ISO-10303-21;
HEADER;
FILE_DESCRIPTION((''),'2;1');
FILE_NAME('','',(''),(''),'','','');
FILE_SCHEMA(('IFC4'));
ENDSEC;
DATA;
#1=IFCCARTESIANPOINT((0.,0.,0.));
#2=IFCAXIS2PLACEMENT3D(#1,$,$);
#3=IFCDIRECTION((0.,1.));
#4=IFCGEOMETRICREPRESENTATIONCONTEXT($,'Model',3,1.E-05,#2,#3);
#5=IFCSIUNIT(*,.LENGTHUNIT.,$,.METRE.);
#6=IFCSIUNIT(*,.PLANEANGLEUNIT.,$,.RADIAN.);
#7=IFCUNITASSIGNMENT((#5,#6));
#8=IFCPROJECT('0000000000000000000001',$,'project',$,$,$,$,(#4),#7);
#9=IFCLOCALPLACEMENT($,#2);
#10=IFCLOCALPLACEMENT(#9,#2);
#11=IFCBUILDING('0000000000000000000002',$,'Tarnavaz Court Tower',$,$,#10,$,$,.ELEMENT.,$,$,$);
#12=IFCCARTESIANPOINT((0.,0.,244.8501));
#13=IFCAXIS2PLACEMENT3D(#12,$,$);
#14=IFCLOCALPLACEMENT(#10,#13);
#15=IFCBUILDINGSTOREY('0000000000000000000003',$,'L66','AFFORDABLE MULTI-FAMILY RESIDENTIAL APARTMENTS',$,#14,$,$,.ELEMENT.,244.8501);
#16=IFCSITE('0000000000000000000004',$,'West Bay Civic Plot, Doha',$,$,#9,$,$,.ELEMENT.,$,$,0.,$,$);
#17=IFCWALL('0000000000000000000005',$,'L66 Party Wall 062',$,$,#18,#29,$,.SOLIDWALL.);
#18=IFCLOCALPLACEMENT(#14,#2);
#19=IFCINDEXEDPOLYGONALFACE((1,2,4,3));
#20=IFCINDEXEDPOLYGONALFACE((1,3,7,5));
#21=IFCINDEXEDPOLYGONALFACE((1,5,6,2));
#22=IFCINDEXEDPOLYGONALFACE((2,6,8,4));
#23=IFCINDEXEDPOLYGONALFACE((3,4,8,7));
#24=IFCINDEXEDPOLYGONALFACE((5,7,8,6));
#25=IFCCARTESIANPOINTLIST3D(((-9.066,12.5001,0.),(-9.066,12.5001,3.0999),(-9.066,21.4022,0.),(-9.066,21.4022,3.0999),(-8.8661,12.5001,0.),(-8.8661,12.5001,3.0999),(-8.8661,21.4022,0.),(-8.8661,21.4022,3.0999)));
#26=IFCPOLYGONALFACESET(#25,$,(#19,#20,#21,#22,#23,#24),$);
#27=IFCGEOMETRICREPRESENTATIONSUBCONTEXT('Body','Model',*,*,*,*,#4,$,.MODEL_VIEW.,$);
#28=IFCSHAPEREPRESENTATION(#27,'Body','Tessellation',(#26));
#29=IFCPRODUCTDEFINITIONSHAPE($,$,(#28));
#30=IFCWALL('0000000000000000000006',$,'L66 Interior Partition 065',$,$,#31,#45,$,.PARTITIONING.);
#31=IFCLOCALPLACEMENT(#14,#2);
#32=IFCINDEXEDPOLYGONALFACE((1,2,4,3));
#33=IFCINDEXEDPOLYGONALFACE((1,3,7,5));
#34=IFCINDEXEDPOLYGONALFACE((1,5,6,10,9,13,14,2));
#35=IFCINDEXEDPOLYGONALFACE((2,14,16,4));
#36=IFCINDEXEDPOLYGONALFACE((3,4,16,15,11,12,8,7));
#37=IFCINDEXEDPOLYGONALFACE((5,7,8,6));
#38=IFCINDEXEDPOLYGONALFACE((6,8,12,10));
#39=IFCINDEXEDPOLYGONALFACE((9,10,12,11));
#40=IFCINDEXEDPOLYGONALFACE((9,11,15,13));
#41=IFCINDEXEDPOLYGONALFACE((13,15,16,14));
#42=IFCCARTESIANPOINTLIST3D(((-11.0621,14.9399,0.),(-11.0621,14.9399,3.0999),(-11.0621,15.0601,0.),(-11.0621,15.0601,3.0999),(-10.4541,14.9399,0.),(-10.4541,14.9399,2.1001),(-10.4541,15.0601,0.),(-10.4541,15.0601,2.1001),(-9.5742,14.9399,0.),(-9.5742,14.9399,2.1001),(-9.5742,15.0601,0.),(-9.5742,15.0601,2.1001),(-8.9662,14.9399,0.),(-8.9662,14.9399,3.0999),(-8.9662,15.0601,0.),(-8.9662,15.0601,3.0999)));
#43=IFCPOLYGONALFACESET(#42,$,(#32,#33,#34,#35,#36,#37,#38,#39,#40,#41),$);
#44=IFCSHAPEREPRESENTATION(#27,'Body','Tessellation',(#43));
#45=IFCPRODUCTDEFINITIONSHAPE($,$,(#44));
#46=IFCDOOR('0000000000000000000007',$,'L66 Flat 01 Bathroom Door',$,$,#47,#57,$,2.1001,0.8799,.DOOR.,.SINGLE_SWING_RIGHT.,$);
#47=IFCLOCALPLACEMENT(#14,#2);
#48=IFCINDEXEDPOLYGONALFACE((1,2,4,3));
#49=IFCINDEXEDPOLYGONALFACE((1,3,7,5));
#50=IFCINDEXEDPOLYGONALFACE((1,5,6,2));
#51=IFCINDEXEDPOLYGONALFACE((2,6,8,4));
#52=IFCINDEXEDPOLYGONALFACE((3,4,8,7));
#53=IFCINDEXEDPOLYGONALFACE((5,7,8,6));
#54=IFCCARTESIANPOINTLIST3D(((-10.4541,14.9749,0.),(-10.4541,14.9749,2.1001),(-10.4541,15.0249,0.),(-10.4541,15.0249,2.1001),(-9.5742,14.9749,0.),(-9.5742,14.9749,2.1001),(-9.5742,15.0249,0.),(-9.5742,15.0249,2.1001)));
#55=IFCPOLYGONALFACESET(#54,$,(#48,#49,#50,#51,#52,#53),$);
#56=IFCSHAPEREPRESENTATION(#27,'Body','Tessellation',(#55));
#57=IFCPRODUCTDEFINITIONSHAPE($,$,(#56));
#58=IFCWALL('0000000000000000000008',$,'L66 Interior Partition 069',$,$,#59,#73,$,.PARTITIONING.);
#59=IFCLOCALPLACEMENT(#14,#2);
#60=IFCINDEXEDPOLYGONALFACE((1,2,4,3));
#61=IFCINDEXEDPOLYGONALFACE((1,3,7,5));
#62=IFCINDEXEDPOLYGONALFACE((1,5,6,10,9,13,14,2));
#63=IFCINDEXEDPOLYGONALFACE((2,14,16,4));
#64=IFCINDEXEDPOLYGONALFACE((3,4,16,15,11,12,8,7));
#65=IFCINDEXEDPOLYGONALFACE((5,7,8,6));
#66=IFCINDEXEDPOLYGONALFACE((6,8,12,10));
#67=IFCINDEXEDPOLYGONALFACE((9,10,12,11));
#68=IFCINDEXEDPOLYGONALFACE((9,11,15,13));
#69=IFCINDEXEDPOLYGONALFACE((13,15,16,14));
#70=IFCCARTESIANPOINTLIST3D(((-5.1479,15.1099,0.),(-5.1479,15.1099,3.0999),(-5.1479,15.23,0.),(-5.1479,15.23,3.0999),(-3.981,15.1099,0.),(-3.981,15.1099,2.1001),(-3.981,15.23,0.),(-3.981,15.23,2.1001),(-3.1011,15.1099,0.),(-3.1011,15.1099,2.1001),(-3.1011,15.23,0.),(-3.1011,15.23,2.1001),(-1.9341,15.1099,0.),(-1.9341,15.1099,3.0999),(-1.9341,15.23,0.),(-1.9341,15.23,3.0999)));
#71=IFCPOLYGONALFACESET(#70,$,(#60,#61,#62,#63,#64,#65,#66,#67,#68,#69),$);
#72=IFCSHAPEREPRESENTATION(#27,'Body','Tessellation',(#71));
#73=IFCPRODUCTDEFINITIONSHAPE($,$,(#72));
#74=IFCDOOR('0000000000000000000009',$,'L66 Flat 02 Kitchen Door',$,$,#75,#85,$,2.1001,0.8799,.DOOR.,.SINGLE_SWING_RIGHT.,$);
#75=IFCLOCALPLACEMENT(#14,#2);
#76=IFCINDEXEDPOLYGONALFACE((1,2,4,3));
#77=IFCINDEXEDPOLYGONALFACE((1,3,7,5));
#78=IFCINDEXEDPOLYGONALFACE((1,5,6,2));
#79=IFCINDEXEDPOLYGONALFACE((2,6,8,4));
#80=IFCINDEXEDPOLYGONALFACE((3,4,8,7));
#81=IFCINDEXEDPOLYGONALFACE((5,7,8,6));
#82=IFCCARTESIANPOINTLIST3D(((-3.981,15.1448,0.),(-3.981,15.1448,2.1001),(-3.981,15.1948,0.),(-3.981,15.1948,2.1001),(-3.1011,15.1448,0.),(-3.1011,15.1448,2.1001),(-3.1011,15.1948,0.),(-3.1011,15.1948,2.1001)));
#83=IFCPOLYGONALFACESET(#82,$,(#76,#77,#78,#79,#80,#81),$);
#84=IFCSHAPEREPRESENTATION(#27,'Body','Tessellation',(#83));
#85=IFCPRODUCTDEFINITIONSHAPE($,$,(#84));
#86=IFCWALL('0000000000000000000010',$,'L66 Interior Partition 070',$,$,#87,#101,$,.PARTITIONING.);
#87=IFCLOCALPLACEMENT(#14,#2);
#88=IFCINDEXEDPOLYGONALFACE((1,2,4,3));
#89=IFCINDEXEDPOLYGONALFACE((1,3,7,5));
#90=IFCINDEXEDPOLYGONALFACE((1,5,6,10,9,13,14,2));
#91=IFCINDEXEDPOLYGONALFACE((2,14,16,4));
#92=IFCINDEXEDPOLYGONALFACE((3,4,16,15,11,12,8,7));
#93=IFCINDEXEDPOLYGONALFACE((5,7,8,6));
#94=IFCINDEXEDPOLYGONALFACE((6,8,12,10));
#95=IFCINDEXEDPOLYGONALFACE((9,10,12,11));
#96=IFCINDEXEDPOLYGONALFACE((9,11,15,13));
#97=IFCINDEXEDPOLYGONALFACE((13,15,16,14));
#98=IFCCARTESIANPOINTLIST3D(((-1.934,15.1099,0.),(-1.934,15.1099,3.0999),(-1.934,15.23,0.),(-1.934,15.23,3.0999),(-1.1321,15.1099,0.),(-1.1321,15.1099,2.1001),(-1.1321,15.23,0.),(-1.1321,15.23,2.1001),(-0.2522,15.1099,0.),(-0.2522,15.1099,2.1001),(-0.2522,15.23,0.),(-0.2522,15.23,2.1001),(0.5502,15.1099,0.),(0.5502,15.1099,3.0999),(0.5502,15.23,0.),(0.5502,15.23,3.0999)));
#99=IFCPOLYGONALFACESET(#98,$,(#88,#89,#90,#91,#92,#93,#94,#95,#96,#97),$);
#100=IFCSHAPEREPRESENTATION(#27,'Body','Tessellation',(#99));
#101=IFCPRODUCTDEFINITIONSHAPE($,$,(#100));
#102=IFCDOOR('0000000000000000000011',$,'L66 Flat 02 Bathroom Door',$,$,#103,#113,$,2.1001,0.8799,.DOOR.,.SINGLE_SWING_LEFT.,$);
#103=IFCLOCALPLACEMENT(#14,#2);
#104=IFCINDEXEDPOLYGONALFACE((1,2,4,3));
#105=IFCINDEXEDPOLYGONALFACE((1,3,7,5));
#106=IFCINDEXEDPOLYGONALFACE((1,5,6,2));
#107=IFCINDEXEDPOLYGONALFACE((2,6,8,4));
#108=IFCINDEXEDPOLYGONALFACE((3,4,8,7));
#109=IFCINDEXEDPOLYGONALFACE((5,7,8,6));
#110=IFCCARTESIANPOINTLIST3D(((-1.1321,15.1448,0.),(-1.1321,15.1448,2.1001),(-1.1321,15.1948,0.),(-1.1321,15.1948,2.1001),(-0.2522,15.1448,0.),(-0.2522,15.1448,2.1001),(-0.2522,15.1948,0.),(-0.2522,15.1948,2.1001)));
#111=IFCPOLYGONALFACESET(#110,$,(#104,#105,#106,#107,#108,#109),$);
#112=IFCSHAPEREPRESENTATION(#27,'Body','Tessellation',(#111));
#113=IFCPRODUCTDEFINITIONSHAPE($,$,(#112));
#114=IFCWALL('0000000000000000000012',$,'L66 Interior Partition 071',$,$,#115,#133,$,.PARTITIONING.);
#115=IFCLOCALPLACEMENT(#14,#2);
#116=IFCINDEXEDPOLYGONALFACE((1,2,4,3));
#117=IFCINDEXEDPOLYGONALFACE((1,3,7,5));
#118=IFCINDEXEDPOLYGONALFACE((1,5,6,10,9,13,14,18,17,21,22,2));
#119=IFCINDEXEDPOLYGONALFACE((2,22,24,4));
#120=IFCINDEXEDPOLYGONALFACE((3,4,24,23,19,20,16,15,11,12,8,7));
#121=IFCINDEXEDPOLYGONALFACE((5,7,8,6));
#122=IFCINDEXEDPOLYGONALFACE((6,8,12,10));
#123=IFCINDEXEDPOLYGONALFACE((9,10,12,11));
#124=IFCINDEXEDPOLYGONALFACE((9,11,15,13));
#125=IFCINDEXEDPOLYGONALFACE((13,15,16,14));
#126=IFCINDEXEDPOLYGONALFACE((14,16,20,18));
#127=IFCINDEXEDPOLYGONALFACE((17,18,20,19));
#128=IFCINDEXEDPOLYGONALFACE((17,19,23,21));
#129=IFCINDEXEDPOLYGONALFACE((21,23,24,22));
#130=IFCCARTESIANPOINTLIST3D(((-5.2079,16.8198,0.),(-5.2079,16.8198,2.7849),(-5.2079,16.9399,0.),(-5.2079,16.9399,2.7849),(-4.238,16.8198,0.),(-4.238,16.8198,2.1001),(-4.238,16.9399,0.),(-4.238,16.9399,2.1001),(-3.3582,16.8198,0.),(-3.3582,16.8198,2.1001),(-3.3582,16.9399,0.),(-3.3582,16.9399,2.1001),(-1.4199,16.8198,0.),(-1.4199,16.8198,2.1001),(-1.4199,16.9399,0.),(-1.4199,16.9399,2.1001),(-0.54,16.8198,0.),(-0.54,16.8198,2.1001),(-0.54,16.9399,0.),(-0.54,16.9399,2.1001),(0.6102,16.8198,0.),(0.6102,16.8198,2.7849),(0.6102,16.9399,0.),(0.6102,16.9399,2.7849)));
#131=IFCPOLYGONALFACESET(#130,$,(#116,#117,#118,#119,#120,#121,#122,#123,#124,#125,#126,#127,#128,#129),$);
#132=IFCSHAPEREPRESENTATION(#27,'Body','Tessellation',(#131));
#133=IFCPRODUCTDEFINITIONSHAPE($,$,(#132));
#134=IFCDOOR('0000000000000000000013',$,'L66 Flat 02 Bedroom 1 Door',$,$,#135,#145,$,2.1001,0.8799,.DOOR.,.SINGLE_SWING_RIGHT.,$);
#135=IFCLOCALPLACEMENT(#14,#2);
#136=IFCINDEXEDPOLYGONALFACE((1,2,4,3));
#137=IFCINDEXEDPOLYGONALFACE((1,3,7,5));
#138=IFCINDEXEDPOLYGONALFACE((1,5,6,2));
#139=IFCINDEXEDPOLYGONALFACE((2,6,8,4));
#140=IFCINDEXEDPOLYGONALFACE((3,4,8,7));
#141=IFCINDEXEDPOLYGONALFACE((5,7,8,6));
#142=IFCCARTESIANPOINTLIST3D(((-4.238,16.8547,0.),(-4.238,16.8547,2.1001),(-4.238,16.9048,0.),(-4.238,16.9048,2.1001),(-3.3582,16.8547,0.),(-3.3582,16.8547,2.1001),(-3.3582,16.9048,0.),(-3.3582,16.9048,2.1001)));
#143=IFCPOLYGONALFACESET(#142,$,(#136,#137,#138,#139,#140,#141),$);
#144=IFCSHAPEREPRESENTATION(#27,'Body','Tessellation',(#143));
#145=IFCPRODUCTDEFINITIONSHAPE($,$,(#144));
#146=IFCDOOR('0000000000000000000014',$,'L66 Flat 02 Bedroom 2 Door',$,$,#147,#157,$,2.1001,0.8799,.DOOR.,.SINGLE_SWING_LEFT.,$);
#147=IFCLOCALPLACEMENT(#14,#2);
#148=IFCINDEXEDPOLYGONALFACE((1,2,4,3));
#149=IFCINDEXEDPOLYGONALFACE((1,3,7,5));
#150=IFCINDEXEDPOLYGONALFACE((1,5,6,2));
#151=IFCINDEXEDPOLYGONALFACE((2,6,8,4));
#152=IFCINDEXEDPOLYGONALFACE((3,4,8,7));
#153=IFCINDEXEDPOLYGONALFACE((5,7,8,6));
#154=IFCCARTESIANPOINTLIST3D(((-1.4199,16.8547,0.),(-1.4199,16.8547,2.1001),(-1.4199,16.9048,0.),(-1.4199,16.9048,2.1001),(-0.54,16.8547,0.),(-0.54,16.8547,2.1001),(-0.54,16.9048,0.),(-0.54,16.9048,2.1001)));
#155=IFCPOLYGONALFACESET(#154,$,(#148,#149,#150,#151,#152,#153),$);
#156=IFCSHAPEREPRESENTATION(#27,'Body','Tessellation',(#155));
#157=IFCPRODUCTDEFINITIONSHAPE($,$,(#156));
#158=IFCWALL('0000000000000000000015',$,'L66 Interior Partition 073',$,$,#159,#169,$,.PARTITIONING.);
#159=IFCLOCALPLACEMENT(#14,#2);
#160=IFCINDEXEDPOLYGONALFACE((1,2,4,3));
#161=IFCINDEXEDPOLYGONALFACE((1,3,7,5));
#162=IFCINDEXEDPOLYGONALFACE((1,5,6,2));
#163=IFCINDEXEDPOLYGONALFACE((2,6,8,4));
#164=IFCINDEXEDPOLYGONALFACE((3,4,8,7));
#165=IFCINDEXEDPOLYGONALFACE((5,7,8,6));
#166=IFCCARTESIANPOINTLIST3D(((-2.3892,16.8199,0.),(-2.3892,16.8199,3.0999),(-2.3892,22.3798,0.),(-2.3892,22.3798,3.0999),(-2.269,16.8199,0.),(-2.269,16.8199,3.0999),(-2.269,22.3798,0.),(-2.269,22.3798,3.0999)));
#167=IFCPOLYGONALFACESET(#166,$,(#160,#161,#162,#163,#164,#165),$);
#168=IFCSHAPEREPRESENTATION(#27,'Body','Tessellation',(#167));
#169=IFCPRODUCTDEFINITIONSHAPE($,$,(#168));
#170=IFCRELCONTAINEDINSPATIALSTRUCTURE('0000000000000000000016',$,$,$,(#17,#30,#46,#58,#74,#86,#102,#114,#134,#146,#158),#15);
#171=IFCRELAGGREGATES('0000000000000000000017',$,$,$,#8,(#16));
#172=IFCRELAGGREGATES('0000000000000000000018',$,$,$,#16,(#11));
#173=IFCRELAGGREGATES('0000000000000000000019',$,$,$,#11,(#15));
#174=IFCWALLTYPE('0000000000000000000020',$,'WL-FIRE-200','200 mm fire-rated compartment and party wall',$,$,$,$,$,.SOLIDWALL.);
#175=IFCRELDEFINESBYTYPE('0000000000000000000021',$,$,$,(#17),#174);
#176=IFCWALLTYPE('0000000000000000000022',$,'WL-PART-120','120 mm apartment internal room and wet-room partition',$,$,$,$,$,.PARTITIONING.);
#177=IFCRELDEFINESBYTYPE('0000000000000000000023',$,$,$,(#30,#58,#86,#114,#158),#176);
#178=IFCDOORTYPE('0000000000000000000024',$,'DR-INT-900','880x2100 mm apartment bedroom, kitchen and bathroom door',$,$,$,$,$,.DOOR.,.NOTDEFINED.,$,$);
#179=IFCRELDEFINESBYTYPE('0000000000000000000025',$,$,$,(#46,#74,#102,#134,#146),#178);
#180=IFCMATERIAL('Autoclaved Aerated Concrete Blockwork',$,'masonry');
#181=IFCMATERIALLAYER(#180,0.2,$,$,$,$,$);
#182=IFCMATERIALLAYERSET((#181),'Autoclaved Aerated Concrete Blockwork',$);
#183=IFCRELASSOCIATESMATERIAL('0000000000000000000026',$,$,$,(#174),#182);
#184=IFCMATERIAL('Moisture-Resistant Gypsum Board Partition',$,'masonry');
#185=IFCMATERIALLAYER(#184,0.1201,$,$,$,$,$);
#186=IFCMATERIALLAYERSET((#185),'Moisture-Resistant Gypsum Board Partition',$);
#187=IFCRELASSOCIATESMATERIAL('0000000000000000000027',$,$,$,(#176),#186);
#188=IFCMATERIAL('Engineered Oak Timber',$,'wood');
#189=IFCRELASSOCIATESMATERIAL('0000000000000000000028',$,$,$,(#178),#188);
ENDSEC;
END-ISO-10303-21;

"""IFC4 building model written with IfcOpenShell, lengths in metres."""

from ifc_helpers import new_model, si_unit, direction, frame, frame_2d, origin, place, context, subcontext, project, spatial, rectangle, extrude, material, layer, layer_set, type_object, element, fill, save


model = new_model("IFC4")

# Units and contexts
model_context = context("Model", 3, precision=1e-05, world=origin(), true_north=direction((0.0, 1.0)))
body_context = subcontext(model_context, "Body", "Model", "MODEL_VIEW")
ifc_project = project(units=[si_unit("LENGTHUNIT", "METRE"), si_unit("PLANEANGLEUNIT", "RADIAN")], contexts=[model_context])

# Site, building, storey
site_placement = place(None, origin())
site = spatial("IfcSite", under=ifc_project, at=site_placement, Name="West Bay Civic Plot, Doha", CompositionType="ELEMENT", RefElevation=0.0)
building_placement = place(site_placement, origin())
building = spatial("IfcBuilding", under=site, at=building_placement, Name="Tarnavaz Court Tower", CompositionType="ELEMENT")
storey_placement = place(building_placement, frame((0.0, 0.0, 244.8501)))
storey = spatial("IfcBuildingStorey", under=building, at=storey_placement, Name="L66", Description="AFFORDABLE MULTI-FAMILY RESIDENTIAL APARTMENTS", CompositionType="ELEMENT", Elevation=244.8501)

# Wall
ifc_material_1 = material(Name="Autoclaved Aerated Concrete Blockwork", Category="masonry")
ifc_layer_1 = layer(ifc_material_1, 0.2)
ifc_layer_set_1 = layer_set([ifc_layer_1], Name="Autoclaved Aerated Concrete Blockwork")
wall_type_1 = type_object("IfcWallType", Name="WL-FIRE-200", Description="200 mm fire-rated compartment and party wall", PredefinedType="SOLIDWALL", material=ifc_layer_set_1)
wall_1_placement = place(storey_placement, frame((-8.9661, 12.5, 0.0), z_axis=(0.0, 0.0, 1.0), x_axis=(0.0, 1.0, 0.0)))
element("IfcWall", 1, at=wall_1_placement, inside=storey, type_object=wall_type_1, Name="L66 Party Wall 062", PredefinedType="SOLIDWALL", context=body_context, shape_type="SweptSolid", body=[
    extrude(rectangle(XDim=8.9021, YDim=0.2, at=frame_2d((4.4512, 0.0))), origin(), (0.0, 0.0, 1.0), 3.0999),
])

# Walls, openings, doors
ifc_material_2 = material(Name="Moisture-Resistant Gypsum Board Partition", Category="masonry")
ifc_layer_2 = layer(ifc_material_2, 0.1201)
ifc_layer_set_2 = layer_set([ifc_layer_2], Name="Moisture-Resistant Gypsum Board Partition")
wall_type_2 = type_object("IfcWallType", Name="WL-PART-120", Description="120 mm apartment internal room and wet-room partition", PredefinedType="PARTITIONING", material=ifc_layer_set_2)
wall_2_placement = place(storey_placement, frame((-11.062, 15.0, 0.0), z_axis=(0.0, 0.0, 1.0), x_axis=(1.0, 0.0, 0.0)))
wall_2 = element("IfcWall", 2, at=wall_2_placement, inside=storey, type_object=wall_type_2, Name="L66 Interior Partition 065", PredefinedType="PARTITIONING", context=body_context, shape_type="SweptSolid", body=[
    extrude(rectangle(XDim=2.0959, YDim=0.1201, at=frame_2d((1.0479, 0.0))), origin(), (0.0, 0.0, 1.0), 3.0999),
])
opening_1_placement = place(wall_2_placement, frame((0.6079, 0.0, 0.0)))
opening_1 = element("IfcOpeningElement", 3, at=opening_1_placement, cuts=wall_2, PredefinedType="OPENING", context=body_context, shape_type="SweptSolid", body=[
    extrude(rectangle(XDim=0.8799, YDim=2.1001, at=frame_2d((0.4399, 1.05))), frame((0.0, 0.0701, 0.0), z_axis=(0.0, -1.0, 0.0), x_axis=(1.0, 0.0, 0.0)), (0.0, 0.0, 1.0), 0.1401),
])
ifc_material_3 = material(Name="Engineered Oak Timber", Category="wood")
door_type = type_object("IfcDoorType", Name="DR-INT-900", Description="880x2100 mm apartment bedroom, kitchen and bathroom door", OperationType="NOTDEFINED", PredefinedType="DOOR", material=ifc_material_3)
door_1_placement = place(opening_1_placement, origin())
door_1 = element("IfcDoor", 4, at=door_1_placement, inside=storey, type_object=door_type, Name="L66 Flat 01 Bathroom Door", OperationType="SINGLE_SWING_RIGHT", OverallHeight=2.1001, OverallWidth=0.8799, PredefinedType="DOOR", context=body_context, shape_type="SweptSolid", body=[
    extrude(rectangle(XDim=0.8799, YDim=2.1001, at=frame_2d((0.4399, 1.05))), frame((0.0, 0.0249, 0.0), z_axis=(0.0, -1.0, 0.0), x_axis=(1.0, 0.0, 0.0)), (0.0, 0.0, 1.0), 0.05),
])
fill(opening_1, door_1)
wall_3_placement = place(storey_placement, frame((-5.1479, 15.1699, 0.0), z_axis=(0.0, 0.0, 1.0), x_axis=(1.0, 0.0, 0.0)))
wall_3 = element("IfcWall", 5, at=wall_3_placement, inside=storey, type_object=wall_type_2, Name="L66 Interior Partition 069", PredefinedType="PARTITIONING", context=body_context, shape_type="SweptSolid", body=[
    extrude(rectangle(XDim=3.2139, YDim=0.1201, at=frame_2d((1.6069, 0.0))), origin(), (0.0, 0.0, 1.0), 3.0999),
])
opening_2_placement = place(wall_3_placement, frame((1.167, 0.0, 0.0)))
opening_2 = element("IfcOpeningElement", 6, at=opening_2_placement, cuts=wall_3, PredefinedType="OPENING", context=body_context, shape_type="SweptSolid", body=[
    extrude(rectangle(XDim=0.8799, YDim=2.1001, at=frame_2d((0.4399, 1.05))), frame((0.0, 0.0701, 0.0), z_axis=(0.0, -1.0, 0.0), x_axis=(1.0, 0.0, 0.0)), (0.0, 0.0, 1.0), 0.1401),
])
door_2_placement = place(opening_2_placement, origin())
door_2 = element("IfcDoor", 7, at=door_2_placement, inside=storey, type_object=door_type, Name="L66 Flat 02 Kitchen Door", OperationType="SINGLE_SWING_RIGHT", OverallHeight=2.1001, OverallWidth=0.8799, PredefinedType="DOOR", context=body_context, shape_type="SweptSolid", body=[
    extrude(rectangle(XDim=0.8799, YDim=2.1001, at=frame_2d((0.4399, 1.05))), frame((0.0, 0.0249, 0.0), z_axis=(0.0, -1.0, 0.0), x_axis=(1.0, 0.0, 0.0)), (0.0, 0.0, 1.0), 0.05),
])
fill(opening_2, door_2)
wall_4_placement = place(storey_placement, frame((-1.9341, 15.1699, 0.0), z_axis=(0.0, 0.0, 1.0), x_axis=(1.0, 0.0, 0.0)))
wall_4 = element("IfcWall", 8, at=wall_4_placement, inside=storey, type_object=wall_type_2, Name="L66 Interior Partition 070", PredefinedType="PARTITIONING", context=body_context, shape_type="SweptSolid", body=[
    extrude(rectangle(XDim=2.4841, YDim=0.1201, at=frame_2d((1.2422, 0.0))), origin(), (0.0, 0.0, 1.0), 3.0999),
])
opening_3_placement = place(wall_4_placement, frame((0.802, 0.0, 0.0)))
opening_3 = element("IfcOpeningElement", 9, at=opening_3_placement, cuts=wall_4, PredefinedType="OPENING", context=body_context, shape_type="SweptSolid", body=[
    extrude(rectangle(XDim=0.8799, YDim=2.1001, at=frame_2d((0.4399, 1.05))), frame((0.0, 0.0701, 0.0), z_axis=(0.0, -1.0, 0.0), x_axis=(1.0, 0.0, 0.0)), (0.0, 0.0, 1.0), 0.1401),
])
door_3_placement = place(opening_3_placement, origin())
door_3 = element("IfcDoor", 10, at=door_3_placement, inside=storey, type_object=door_type, Name="L66 Flat 02 Bathroom Door", OperationType="SINGLE_SWING_LEFT", OverallHeight=2.1001, OverallWidth=0.8799, PredefinedType="DOOR", context=body_context, shape_type="SweptSolid", body=[
    extrude(rectangle(XDim=0.8799, YDim=2.1001, at=frame_2d((0.4399, 1.05))), frame((0.0, 0.0249, 0.0), z_axis=(0.0, -1.0, 0.0), x_axis=(1.0, 0.0, 0.0)), (0.0, 0.0, 1.0), 0.05),
])
fill(opening_3, door_3)

# Wall, openings, doors
wall_5_placement = place(storey_placement, frame((-5.208, 16.8799, 0.0), z_axis=(0.0, 0.0, 1.0), x_axis=(1.0, 0.0, 0.0)))
wall_5 = element("IfcWall", 11, at=wall_5_placement, inside=storey, type_object=wall_type_2, Name="L66 Interior Partition 071", PredefinedType="PARTITIONING", context=body_context, shape_type="SweptSolid", body=[
    extrude(rectangle(XDim=5.8181, YDim=0.1201, at=frame_2d((2.9092, 0.0))), origin(), (0.0, 0.0, 1.0), 2.7849),
])
opening_4_placement = place(wall_5_placement, frame((0.97, 0.0, 0.0)))
opening_4 = element("IfcOpeningElement", 12, at=opening_4_placement, cuts=wall_5, PredefinedType="OPENING", context=body_context, shape_type="SweptSolid", body=[
    extrude(rectangle(XDim=0.8799, YDim=2.1001, at=frame_2d((0.4399, 1.05))), frame((0.0, 0.0701, 0.0), z_axis=(0.0, -1.0, 0.0), x_axis=(1.0, 0.0, 0.0)), (0.0, 0.0, 1.0), 0.1401),
])
opening_5_placement = place(wall_5_placement, frame((3.7881, 0.0, 0.0)))
opening_5 = element("IfcOpeningElement", 13, at=opening_5_placement, cuts=wall_5, PredefinedType="OPENING", context=body_context, shape_type="SweptSolid", body=[
    extrude(rectangle(XDim=0.8799, YDim=2.1001, at=frame_2d((0.4399, 1.05))), frame((0.0, 0.0701, 0.0), z_axis=(0.0, -1.0, 0.0), x_axis=(1.0, 0.0, 0.0)), (0.0, 0.0, 1.0), 0.1401),
])
door_4_placement = place(opening_4_placement, origin())
door_4 = element("IfcDoor", 14, at=door_4_placement, inside=storey, type_object=door_type, Name="L66 Flat 02 Bedroom 1 Door", OperationType="SINGLE_SWING_RIGHT", OverallHeight=2.1001, OverallWidth=0.8799, PredefinedType="DOOR", context=body_context, shape_type="SweptSolid", body=[
    extrude(rectangle(XDim=0.8799, YDim=2.1001, at=frame_2d((0.4399, 1.05))), frame((0.0, 0.0249, 0.0), z_axis=(0.0, -1.0, 0.0), x_axis=(1.0, 0.0, 0.0)), (0.0, 0.0, 1.0), 0.05),
])
fill(opening_4, door_4)
door_5_placement = place(opening_5_placement, origin())
door_5 = element("IfcDoor", 15, at=door_5_placement, inside=storey, type_object=door_type, Name="L66 Flat 02 Bedroom 2 Door", OperationType="SINGLE_SWING_LEFT", OverallHeight=2.1001, OverallWidth=0.8799, PredefinedType="DOOR", context=body_context, shape_type="SweptSolid", body=[
    extrude(rectangle(XDim=0.8799, YDim=2.1001, at=frame_2d((0.4399, 1.05))), frame((0.0, 0.0249, 0.0), z_axis=(0.0, -1.0, 0.0), x_axis=(1.0, 0.0, 0.0)), (0.0, 0.0, 1.0), 0.05),
])
fill(opening_5, door_5)

# Wall
wall_6_placement = place(storey_placement, frame((-2.3291, 16.8201, 0.0), z_axis=(0.0, 0.0, 1.0), x_axis=(0.0, 1.0, 0.0)))
element("IfcWall", 16, at=wall_6_placement, inside=storey, type_object=wall_type_2, Name="L66 Interior Partition 073", PredefinedType="PARTITIONING", context=body_context, shape_type="SweptSolid", body=[
    extrude(rectangle(XDim=5.5598, YDim=0.1201, at=frame_2d((2.7798, 0.0))), origin(), (0.0, 0.0, 1.0), 3.0999),
])

save(model, "model.ifc")
